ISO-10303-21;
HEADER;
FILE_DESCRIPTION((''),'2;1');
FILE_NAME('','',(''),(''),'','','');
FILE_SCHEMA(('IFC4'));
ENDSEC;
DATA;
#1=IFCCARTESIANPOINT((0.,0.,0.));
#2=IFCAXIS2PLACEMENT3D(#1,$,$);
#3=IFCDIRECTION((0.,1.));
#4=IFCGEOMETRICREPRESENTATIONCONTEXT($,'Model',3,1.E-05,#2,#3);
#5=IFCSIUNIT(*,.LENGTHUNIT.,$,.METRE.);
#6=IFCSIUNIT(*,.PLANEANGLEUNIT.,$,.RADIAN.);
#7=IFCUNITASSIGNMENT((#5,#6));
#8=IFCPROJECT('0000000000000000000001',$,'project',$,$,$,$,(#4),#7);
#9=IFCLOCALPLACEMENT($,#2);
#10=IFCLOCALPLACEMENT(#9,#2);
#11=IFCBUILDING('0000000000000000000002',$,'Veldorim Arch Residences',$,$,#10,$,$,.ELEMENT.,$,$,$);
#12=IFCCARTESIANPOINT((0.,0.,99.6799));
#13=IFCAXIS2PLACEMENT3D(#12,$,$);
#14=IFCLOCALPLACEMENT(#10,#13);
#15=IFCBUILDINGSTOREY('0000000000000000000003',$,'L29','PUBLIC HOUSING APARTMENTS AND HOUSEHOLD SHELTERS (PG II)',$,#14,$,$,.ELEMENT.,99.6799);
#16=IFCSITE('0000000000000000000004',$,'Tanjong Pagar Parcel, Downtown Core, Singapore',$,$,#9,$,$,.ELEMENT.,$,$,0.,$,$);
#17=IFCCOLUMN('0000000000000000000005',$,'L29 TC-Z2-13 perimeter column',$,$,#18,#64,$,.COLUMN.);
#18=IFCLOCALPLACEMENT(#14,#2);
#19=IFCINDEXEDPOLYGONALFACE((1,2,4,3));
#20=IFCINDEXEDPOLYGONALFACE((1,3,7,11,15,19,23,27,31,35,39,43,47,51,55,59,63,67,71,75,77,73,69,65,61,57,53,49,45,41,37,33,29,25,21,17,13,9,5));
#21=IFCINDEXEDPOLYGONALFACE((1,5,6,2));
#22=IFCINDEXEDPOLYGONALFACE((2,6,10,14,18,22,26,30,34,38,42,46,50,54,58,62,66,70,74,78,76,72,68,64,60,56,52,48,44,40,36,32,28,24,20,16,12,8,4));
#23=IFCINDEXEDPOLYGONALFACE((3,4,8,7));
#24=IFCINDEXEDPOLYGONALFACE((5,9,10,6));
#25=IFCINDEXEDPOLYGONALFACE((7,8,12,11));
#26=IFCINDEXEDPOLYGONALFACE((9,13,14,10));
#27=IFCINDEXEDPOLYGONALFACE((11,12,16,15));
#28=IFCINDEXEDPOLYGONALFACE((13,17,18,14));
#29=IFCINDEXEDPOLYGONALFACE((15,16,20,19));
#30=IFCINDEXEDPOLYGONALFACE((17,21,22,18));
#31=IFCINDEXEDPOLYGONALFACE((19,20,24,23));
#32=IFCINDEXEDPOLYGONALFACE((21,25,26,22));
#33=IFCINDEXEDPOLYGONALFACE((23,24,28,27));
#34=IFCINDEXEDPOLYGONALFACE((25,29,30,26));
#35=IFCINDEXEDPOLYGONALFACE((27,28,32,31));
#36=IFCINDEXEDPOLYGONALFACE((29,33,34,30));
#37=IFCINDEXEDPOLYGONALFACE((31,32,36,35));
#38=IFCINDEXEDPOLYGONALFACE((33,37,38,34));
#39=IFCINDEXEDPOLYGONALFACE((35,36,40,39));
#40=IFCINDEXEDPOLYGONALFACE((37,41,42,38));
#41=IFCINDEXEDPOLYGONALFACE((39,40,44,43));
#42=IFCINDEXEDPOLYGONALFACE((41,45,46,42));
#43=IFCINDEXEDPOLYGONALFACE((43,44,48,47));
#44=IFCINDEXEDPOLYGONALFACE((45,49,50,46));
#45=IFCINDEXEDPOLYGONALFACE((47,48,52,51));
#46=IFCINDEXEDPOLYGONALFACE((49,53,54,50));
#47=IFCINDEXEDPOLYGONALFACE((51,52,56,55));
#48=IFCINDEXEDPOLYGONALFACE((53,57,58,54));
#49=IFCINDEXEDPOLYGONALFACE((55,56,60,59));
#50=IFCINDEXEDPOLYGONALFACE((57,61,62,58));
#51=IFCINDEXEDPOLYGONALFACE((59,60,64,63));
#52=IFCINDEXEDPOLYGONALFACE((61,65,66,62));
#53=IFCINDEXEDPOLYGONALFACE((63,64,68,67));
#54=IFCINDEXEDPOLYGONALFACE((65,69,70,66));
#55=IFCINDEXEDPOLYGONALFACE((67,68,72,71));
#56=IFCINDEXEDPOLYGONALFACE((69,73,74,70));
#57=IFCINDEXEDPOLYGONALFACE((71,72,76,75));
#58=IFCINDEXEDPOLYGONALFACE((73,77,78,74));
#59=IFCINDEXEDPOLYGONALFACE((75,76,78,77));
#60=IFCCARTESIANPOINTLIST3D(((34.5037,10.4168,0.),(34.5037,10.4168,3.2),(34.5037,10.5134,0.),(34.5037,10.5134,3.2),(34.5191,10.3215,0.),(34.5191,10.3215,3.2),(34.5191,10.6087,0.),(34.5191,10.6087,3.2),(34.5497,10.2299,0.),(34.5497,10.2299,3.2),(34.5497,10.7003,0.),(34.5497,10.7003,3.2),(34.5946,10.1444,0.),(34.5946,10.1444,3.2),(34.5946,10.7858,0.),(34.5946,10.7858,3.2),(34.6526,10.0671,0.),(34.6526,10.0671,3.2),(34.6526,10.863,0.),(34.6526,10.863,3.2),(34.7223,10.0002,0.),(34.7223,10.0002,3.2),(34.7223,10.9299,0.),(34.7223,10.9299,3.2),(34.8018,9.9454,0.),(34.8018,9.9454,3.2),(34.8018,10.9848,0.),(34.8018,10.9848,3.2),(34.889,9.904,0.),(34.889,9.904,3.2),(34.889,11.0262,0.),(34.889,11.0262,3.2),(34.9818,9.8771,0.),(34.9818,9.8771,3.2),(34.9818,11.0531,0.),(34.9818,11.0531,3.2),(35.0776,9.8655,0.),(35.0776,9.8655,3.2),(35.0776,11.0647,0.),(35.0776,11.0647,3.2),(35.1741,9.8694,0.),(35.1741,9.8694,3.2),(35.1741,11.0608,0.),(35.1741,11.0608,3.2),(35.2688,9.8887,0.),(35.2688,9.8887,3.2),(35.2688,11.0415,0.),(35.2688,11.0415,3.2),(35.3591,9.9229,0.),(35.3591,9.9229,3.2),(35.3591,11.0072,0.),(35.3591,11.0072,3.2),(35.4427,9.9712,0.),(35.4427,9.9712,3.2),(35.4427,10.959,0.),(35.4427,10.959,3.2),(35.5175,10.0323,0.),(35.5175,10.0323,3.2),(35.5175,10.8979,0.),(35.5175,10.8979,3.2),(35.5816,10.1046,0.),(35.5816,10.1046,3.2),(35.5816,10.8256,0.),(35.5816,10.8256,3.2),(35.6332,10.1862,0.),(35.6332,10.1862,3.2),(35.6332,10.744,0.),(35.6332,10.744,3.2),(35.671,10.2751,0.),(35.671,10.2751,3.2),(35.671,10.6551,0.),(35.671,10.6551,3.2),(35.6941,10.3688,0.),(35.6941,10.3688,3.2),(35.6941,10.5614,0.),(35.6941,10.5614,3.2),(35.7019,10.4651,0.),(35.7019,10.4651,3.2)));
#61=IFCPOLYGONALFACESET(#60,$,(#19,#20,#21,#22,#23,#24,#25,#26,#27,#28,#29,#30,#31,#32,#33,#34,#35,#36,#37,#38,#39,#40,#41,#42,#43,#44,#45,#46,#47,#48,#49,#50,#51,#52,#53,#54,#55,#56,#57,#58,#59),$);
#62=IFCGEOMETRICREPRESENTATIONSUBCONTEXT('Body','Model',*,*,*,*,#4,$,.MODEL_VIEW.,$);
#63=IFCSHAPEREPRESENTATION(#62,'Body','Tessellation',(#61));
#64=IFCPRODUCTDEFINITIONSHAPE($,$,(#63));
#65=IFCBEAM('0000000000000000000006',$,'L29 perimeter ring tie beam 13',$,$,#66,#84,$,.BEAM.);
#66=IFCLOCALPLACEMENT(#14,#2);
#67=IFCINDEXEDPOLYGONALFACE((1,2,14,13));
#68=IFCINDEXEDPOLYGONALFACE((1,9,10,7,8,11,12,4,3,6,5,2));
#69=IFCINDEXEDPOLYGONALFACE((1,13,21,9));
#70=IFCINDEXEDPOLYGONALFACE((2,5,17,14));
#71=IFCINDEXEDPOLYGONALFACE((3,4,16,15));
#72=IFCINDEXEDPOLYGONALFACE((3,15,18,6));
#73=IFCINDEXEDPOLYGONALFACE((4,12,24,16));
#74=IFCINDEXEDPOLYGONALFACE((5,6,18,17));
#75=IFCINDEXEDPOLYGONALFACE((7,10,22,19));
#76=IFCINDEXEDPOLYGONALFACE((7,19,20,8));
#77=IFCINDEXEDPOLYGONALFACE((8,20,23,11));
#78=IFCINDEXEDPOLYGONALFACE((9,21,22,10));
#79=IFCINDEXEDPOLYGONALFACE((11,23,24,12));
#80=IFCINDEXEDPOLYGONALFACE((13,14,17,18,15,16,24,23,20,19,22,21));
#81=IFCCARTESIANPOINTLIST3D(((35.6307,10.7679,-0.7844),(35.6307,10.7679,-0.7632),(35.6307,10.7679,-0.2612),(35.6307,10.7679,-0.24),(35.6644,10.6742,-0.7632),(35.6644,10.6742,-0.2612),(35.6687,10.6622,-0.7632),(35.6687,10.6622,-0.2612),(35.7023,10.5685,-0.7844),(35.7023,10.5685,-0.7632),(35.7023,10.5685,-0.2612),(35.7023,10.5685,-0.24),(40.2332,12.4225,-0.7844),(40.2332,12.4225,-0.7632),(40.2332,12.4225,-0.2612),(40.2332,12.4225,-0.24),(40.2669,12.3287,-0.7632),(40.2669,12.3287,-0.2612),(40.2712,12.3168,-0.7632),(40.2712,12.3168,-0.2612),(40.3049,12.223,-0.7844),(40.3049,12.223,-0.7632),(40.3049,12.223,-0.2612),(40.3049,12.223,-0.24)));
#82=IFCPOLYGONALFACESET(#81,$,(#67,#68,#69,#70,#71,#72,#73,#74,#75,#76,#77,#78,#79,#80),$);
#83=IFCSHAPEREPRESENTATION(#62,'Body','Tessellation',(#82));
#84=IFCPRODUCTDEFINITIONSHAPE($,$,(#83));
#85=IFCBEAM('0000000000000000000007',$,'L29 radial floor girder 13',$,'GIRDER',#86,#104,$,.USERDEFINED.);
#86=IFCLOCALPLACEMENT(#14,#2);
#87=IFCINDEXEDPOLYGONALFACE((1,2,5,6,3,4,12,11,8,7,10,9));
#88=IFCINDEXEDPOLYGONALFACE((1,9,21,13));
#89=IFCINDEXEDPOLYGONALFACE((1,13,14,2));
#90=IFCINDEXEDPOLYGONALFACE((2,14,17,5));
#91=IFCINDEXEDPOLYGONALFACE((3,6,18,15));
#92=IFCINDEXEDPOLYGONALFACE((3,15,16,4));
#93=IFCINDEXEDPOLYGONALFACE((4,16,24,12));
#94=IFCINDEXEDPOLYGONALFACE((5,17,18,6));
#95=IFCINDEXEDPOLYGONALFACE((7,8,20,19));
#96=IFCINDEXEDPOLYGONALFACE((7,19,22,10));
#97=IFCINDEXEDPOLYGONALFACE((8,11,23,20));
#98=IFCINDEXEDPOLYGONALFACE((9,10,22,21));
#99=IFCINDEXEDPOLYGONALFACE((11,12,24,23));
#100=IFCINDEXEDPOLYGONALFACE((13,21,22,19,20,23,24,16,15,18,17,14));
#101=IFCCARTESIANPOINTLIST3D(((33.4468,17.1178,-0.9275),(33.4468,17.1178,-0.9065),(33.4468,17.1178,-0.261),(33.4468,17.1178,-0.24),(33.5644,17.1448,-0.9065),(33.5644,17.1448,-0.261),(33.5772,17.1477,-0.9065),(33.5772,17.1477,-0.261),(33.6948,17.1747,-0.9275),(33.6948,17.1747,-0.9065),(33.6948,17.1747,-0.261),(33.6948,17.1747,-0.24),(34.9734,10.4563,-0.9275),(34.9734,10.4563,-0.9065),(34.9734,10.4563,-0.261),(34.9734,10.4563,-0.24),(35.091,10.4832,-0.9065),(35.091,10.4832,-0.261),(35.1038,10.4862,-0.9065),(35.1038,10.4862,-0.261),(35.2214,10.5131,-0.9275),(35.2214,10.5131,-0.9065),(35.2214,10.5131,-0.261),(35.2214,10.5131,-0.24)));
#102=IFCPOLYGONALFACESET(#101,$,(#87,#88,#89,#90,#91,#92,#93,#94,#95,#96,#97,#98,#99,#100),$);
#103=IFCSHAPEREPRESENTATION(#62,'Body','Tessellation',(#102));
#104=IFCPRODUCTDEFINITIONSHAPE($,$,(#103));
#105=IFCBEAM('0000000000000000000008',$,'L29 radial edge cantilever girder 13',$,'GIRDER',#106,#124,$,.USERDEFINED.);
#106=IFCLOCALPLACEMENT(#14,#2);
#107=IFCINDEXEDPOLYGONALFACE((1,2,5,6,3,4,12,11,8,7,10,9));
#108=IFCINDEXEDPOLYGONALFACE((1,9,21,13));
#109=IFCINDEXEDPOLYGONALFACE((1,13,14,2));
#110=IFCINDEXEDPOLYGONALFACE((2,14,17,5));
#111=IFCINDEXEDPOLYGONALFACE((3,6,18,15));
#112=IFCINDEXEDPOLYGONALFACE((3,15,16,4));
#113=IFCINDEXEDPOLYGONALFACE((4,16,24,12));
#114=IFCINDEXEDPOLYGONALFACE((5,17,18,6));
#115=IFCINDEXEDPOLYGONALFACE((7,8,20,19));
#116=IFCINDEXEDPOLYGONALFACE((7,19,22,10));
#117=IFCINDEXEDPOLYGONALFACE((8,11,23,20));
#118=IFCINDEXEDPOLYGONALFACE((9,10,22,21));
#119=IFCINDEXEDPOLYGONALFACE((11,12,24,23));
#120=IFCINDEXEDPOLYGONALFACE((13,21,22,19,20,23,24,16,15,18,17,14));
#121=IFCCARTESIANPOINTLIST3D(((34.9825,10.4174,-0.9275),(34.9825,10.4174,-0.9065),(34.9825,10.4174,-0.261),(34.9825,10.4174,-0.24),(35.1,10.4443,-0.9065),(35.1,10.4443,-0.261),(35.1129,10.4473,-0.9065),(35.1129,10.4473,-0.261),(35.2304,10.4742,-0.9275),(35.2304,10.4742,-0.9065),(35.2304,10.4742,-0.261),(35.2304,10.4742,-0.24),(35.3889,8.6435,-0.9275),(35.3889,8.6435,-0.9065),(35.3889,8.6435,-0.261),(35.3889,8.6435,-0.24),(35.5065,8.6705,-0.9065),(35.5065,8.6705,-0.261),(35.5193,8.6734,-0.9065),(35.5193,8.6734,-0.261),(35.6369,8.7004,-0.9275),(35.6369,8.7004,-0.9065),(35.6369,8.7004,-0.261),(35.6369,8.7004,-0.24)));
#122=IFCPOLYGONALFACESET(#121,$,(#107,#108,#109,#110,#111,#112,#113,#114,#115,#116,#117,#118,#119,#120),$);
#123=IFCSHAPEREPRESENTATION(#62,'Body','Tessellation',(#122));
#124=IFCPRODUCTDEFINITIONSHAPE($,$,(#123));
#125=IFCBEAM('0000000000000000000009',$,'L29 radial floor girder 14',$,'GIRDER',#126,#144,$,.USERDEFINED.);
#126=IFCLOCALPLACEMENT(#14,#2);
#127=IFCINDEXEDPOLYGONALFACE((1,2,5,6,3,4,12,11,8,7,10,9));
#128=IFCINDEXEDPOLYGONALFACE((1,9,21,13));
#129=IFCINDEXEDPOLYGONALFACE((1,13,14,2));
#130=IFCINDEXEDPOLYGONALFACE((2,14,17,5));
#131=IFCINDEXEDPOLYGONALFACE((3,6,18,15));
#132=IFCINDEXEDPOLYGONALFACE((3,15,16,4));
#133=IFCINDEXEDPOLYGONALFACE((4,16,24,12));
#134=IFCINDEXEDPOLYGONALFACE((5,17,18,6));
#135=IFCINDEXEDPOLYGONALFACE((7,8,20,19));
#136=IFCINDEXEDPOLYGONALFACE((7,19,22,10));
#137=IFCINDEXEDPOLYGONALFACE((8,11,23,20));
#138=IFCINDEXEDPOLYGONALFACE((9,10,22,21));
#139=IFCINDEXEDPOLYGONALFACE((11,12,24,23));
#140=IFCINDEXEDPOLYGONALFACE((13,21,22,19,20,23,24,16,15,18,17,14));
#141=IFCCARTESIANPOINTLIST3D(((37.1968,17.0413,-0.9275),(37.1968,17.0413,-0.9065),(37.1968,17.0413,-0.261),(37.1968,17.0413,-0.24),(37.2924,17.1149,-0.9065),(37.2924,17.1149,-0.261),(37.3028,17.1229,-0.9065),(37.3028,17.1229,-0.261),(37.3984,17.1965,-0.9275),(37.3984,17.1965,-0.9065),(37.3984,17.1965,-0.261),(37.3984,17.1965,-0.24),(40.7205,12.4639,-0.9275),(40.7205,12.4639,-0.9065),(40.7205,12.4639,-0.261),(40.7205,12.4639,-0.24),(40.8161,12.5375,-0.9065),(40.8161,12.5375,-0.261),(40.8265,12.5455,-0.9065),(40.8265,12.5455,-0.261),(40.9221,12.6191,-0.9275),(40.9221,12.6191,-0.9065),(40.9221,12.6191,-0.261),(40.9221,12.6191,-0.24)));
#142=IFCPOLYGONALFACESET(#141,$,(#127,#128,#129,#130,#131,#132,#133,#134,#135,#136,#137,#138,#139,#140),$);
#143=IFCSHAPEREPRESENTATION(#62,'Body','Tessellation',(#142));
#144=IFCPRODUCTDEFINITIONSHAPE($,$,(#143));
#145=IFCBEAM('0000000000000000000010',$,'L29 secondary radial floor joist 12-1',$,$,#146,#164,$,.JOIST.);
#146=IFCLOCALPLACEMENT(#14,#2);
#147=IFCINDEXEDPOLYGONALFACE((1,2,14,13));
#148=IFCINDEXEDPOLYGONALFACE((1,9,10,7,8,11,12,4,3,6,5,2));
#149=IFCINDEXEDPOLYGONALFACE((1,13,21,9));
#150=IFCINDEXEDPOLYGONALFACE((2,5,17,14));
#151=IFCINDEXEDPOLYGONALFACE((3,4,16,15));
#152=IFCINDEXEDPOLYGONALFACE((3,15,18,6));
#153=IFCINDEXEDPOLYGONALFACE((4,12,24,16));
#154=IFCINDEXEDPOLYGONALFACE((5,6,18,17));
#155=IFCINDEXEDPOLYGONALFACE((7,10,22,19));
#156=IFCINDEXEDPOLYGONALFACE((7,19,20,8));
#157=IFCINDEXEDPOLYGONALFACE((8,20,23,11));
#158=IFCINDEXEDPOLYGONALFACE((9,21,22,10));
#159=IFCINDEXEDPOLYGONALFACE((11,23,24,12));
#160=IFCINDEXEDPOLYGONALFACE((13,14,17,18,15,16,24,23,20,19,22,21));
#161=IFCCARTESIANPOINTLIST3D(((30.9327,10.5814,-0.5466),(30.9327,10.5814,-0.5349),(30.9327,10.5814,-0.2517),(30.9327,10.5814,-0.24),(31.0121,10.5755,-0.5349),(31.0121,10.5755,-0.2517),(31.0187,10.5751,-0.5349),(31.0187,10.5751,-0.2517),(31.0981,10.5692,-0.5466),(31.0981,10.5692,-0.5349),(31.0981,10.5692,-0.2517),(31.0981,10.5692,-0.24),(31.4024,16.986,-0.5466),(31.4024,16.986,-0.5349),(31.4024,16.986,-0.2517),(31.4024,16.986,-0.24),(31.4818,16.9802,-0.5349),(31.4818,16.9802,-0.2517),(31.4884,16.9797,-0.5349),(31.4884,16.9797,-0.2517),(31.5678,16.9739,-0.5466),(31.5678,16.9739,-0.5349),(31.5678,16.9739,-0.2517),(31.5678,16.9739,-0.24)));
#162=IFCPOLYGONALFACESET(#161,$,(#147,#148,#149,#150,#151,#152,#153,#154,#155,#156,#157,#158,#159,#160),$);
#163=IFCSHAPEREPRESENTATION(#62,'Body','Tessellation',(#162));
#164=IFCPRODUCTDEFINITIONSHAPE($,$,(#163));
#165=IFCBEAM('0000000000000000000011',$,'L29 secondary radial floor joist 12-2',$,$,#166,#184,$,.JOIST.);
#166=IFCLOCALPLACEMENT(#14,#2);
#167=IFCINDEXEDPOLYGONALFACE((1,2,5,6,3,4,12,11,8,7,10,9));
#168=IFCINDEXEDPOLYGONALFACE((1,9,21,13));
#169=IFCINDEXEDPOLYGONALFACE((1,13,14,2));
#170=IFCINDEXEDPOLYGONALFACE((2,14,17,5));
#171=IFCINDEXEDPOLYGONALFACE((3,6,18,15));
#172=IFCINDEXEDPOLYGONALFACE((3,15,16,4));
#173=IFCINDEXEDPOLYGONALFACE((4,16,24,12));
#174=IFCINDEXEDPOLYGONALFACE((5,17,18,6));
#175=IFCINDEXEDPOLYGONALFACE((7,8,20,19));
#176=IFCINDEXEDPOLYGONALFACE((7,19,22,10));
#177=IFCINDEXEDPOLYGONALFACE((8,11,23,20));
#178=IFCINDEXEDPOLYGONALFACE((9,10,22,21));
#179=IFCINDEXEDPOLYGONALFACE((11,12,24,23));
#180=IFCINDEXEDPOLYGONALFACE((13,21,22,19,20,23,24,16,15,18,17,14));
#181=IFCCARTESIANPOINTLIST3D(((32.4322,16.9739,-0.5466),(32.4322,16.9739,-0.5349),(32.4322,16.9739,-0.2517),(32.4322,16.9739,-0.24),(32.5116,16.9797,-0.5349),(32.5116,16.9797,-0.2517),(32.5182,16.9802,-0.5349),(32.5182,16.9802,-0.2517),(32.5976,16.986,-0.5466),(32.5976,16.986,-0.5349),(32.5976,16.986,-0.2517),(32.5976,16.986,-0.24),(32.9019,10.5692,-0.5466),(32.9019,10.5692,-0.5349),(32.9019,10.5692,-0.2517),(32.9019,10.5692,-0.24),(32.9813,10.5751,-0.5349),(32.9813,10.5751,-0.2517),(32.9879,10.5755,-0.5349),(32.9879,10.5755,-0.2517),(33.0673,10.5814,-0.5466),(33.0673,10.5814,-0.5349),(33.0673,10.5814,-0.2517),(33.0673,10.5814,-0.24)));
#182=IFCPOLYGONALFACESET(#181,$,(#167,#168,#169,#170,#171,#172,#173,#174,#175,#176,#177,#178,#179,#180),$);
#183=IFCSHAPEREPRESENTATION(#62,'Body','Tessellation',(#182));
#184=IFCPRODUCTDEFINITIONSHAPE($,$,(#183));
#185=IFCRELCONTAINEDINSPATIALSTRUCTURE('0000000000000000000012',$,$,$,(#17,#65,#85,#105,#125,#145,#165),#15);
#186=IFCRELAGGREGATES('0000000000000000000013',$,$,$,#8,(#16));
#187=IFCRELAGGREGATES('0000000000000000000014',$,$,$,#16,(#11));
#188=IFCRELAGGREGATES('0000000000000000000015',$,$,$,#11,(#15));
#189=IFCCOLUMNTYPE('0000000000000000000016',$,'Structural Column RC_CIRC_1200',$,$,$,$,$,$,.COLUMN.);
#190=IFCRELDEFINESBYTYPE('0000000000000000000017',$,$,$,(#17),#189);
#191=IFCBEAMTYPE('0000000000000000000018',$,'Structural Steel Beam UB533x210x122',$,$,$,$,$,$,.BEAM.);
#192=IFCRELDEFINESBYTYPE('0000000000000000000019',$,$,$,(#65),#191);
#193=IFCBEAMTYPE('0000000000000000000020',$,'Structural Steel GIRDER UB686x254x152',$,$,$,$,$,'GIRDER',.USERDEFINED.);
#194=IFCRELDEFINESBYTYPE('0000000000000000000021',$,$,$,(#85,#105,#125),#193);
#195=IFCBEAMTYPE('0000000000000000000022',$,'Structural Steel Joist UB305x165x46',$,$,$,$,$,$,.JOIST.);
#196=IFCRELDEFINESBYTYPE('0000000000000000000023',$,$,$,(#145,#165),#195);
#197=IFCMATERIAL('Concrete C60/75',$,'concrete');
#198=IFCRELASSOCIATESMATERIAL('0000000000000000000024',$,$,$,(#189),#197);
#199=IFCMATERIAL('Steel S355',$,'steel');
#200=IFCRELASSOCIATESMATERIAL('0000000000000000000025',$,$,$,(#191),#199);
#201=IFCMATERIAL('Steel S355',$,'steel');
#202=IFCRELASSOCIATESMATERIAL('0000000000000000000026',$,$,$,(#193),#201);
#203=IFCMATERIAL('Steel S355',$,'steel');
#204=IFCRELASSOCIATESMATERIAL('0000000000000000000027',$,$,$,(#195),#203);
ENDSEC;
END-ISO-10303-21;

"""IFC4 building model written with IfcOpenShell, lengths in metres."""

from ifc_helpers import new_model, si_unit, direction, frame, origin, origin_2d, place, context, subcontext, project, spatial, circle, i_section, extrude, material, material_profile, profile_set, type_object, element, save


model = new_model("IFC4")

# Units and contexts
model_context = context("Model", 3, precision=1e-05, world=origin(), true_north=direction((0.0, 1.0)))
body_context = subcontext(model_context, "Body", "Model", "MODEL_VIEW")
ifc_project = project(units=[si_unit("LENGTHUNIT", "METRE"), si_unit("PLANEANGLEUNIT", "RADIAN")], contexts=[model_context])

# Site, building, storey
site_placement = place(None, origin())
site = spatial("IfcSite", under=ifc_project, at=site_placement, Name="Tanjong Pagar Parcel, Downtown Core, Singapore", CompositionType="ELEMENT", RefElevation=0.0)
building_placement = place(site_placement, origin())
building = spatial("IfcBuilding", under=site, at=building_placement, Name="Veldorim Arch Residences", CompositionType="ELEMENT")
storey_placement = place(building_placement, frame((0.0, 0.0, 99.6799)))
storey = spatial("IfcBuildingStorey", under=building, at=storey_placement, Name="L29", Description="PUBLIC HOUSING APARTMENTS AND HOUSEHOLD SHELTERS (PG II)", CompositionType="ELEMENT", Elevation=99.6799)

# Column
ifc_material_1 = material(Name="Concrete C60/75", Category="concrete")
ifc_material_profile_1 = material_profile(ifc_material_1, circle(Radius=0.6001, at=origin_2d()), Name="RC_CIRC_1200")
ifc_profile_set_1 = profile_set([ifc_material_profile_1], Name="Concrete C60/75")
column_type = type_object("IfcColumnType", Name="Structural Column RC_CIRC_1200", PredefinedType="COLUMN", material=ifc_profile_set_1)
column_placement = place(storey_placement, frame((35.1018, 10.4651, 0.0), z_axis=(0.0, 0.0, 1.0), x_axis=(1.0, 0.0, 0.0)))
element("IfcColumn", 1, at=column_placement, inside=storey, type_object=column_type, Name="L29 TC-Z2-13 perimeter column", PredefinedType="COLUMN", context=body_context, shape_type="SweptSolid", body=[
    extrude(circle(Radius=0.6001, at=origin_2d()), origin(), (0.0, 0.0, 1.0), 3.2),
])

# Beams
ifc_material_2 = material(Name="Steel S355", Category="steel")
ifc_material_profile_2 = material_profile(ifc_material_2, i_section(OverallWidth=0.2119, OverallDepth=0.5444, WebThickness=0.0127, FlangeThickness=0.0212, at=origin_2d()), Name="UB533x210x122")
ifc_profile_set_2 = profile_set([ifc_material_profile_2], Name="Steel S355")
beam_type_1 = type_object("IfcBeamType", Name="Structural Steel Beam UB533x210x122", PredefinedType="BEAM", material=ifc_profile_set_2)
beam_1_placement = place(storey_placement, frame((35.6665, 10.6682, -0.5122), z_axis=(0.941042, 0.33829, 0.0), x_axis=(-0.33829, 0.941042, 0.0)))
element("IfcBeam", 2, at=beam_1_placement, inside=storey, type_object=beam_type_1, Name="L29 perimeter ring tie beam 13", PredefinedType="BEAM", context=body_context, shape_type="SweptSolid", body=[
    extrude(i_section(OverallWidth=0.2119, OverallDepth=0.5444, WebThickness=0.0127, FlangeThickness=0.0212, at=origin_2d()), origin(), (0.0, 0.0, 1.0), 4.8909),
])
ifc_material_3 = material(Name="Steel S355", Category="steel")
ifc_material_profile_3 = material_profile(ifc_material_3, i_section(OverallWidth=0.2544, OverallDepth=0.6875, WebThickness=0.0132, FlangeThickness=0.021, at=origin_2d()), Name="UB686x254x152")
ifc_profile_set_3 = profile_set([ifc_material_profile_3], Name="Steel S355")
beam_type_2 = type_object("IfcBeamType", Name="Structural Steel GIRDER UB686x254x152", ElementType="GIRDER", PredefinedType="USERDEFINED", material=ifc_profile_set_3)
beam_2_placement = place(storey_placement, frame((33.5708, 17.1462, -0.5837), z_axis=(0.223375, -0.974733, 0.0), x_axis=(0.974733, 0.223375, 0.0)))
element("IfcBeam", 3, at=beam_2_placement, inside=storey, type_object=beam_type_2, Name="L29 radial floor girder 13", ObjectType="GIRDER", PredefinedType="USERDEFINED", context=body_context, shape_type="SweptSolid", body=[
    extrude(i_section(OverallWidth=0.2544, OverallDepth=0.6875, WebThickness=0.0132, FlangeThickness=0.021, at=origin_2d()), origin(), (0.0, 0.0, 1.0), 6.8342),
])
beam_3_placement = place(storey_placement, frame((35.1064, 10.4458, -0.5837), z_axis=(0.22336, -0.974736, 0.0), x_axis=(0.974736, 0.22336, 0.0)))
element("IfcBeam", 4, at=beam_3_placement, inside=storey, type_object=beam_type_2, Name="L29 radial edge cantilever girder 13", ObjectType="GIRDER", PredefinedType="USERDEFINED", context=body_context, shape_type="SweptSolid", body=[
    extrude(i_section(OverallWidth=0.2544, OverallDepth=0.6875, WebThickness=0.0132, FlangeThickness=0.021, at=origin_2d()), origin(), (0.0, 0.0, 1.0), 1.8198),
])
beam_4_placement = place(storey_placement, frame((37.2976, 17.1189, -0.5837), z_axis=(0.609995, -0.792406, 0.0), x_axis=(0.792406, 0.609995, 0.0)))
element("IfcBeam", 5, at=beam_4_placement, inside=storey, type_object=beam_type_2, Name="L29 radial floor girder 14", ObjectType="GIRDER", PredefinedType="USERDEFINED", context=body_context, shape_type="SweptSolid", body=[
    extrude(i_section(OverallWidth=0.2544, OverallDepth=0.6875, WebThickness=0.0132, FlangeThickness=0.021, at=origin_2d()), origin(), (0.0, 0.0, 1.0), 5.7766),
])
ifc_material_4 = material(Name="Steel S355", Category="steel")
ifc_material_profile_4 = material_profile(ifc_material_4, i_section(OverallWidth=0.1658, OverallDepth=0.3066, WebThickness=0.0066, FlangeThickness=0.0117, at=origin_2d()), Name="UB305x165x46")
ifc_profile_set_4 = profile_set([ifc_material_profile_4], Name="Steel S355")
beam_type_3 = type_object("IfcBeamType", Name="Structural Steel Joist UB305x165x46", PredefinedType="JOIST", material=ifc_profile_set_4)
for number, where, z_axis, x_axis, name in (
    (6, (31.4851, 16.98, -0.3933), (-0.073143, -0.997321, 0.0), (0.997321, -0.073143, 0.0), "L29 secondary radial floor joist 12-1"),
    (7, (32.5149, 16.98, -0.3933), (0.073143, -0.997321, 0.0), (0.997321, 0.073143, 0.0), "L29 secondary radial floor joist 12-2"),
):
    element("IfcBeam", number, at=place(storey_placement, frame(where, z_axis=z_axis, x_axis=x_axis)), inside=storey, type_object=beam_type_3, Name=name, PredefinedType="JOIST", context=body_context, shape_type="SweptSolid", body=[
        extrude(i_section(OverallWidth=0.1658, OverallDepth=0.3066, WebThickness=0.0066, FlangeThickness=0.0117, at=origin_2d()), origin(), (0.0, 0.0, 1.0), 6.4219),
    ])

save(model, "model.ifc")
